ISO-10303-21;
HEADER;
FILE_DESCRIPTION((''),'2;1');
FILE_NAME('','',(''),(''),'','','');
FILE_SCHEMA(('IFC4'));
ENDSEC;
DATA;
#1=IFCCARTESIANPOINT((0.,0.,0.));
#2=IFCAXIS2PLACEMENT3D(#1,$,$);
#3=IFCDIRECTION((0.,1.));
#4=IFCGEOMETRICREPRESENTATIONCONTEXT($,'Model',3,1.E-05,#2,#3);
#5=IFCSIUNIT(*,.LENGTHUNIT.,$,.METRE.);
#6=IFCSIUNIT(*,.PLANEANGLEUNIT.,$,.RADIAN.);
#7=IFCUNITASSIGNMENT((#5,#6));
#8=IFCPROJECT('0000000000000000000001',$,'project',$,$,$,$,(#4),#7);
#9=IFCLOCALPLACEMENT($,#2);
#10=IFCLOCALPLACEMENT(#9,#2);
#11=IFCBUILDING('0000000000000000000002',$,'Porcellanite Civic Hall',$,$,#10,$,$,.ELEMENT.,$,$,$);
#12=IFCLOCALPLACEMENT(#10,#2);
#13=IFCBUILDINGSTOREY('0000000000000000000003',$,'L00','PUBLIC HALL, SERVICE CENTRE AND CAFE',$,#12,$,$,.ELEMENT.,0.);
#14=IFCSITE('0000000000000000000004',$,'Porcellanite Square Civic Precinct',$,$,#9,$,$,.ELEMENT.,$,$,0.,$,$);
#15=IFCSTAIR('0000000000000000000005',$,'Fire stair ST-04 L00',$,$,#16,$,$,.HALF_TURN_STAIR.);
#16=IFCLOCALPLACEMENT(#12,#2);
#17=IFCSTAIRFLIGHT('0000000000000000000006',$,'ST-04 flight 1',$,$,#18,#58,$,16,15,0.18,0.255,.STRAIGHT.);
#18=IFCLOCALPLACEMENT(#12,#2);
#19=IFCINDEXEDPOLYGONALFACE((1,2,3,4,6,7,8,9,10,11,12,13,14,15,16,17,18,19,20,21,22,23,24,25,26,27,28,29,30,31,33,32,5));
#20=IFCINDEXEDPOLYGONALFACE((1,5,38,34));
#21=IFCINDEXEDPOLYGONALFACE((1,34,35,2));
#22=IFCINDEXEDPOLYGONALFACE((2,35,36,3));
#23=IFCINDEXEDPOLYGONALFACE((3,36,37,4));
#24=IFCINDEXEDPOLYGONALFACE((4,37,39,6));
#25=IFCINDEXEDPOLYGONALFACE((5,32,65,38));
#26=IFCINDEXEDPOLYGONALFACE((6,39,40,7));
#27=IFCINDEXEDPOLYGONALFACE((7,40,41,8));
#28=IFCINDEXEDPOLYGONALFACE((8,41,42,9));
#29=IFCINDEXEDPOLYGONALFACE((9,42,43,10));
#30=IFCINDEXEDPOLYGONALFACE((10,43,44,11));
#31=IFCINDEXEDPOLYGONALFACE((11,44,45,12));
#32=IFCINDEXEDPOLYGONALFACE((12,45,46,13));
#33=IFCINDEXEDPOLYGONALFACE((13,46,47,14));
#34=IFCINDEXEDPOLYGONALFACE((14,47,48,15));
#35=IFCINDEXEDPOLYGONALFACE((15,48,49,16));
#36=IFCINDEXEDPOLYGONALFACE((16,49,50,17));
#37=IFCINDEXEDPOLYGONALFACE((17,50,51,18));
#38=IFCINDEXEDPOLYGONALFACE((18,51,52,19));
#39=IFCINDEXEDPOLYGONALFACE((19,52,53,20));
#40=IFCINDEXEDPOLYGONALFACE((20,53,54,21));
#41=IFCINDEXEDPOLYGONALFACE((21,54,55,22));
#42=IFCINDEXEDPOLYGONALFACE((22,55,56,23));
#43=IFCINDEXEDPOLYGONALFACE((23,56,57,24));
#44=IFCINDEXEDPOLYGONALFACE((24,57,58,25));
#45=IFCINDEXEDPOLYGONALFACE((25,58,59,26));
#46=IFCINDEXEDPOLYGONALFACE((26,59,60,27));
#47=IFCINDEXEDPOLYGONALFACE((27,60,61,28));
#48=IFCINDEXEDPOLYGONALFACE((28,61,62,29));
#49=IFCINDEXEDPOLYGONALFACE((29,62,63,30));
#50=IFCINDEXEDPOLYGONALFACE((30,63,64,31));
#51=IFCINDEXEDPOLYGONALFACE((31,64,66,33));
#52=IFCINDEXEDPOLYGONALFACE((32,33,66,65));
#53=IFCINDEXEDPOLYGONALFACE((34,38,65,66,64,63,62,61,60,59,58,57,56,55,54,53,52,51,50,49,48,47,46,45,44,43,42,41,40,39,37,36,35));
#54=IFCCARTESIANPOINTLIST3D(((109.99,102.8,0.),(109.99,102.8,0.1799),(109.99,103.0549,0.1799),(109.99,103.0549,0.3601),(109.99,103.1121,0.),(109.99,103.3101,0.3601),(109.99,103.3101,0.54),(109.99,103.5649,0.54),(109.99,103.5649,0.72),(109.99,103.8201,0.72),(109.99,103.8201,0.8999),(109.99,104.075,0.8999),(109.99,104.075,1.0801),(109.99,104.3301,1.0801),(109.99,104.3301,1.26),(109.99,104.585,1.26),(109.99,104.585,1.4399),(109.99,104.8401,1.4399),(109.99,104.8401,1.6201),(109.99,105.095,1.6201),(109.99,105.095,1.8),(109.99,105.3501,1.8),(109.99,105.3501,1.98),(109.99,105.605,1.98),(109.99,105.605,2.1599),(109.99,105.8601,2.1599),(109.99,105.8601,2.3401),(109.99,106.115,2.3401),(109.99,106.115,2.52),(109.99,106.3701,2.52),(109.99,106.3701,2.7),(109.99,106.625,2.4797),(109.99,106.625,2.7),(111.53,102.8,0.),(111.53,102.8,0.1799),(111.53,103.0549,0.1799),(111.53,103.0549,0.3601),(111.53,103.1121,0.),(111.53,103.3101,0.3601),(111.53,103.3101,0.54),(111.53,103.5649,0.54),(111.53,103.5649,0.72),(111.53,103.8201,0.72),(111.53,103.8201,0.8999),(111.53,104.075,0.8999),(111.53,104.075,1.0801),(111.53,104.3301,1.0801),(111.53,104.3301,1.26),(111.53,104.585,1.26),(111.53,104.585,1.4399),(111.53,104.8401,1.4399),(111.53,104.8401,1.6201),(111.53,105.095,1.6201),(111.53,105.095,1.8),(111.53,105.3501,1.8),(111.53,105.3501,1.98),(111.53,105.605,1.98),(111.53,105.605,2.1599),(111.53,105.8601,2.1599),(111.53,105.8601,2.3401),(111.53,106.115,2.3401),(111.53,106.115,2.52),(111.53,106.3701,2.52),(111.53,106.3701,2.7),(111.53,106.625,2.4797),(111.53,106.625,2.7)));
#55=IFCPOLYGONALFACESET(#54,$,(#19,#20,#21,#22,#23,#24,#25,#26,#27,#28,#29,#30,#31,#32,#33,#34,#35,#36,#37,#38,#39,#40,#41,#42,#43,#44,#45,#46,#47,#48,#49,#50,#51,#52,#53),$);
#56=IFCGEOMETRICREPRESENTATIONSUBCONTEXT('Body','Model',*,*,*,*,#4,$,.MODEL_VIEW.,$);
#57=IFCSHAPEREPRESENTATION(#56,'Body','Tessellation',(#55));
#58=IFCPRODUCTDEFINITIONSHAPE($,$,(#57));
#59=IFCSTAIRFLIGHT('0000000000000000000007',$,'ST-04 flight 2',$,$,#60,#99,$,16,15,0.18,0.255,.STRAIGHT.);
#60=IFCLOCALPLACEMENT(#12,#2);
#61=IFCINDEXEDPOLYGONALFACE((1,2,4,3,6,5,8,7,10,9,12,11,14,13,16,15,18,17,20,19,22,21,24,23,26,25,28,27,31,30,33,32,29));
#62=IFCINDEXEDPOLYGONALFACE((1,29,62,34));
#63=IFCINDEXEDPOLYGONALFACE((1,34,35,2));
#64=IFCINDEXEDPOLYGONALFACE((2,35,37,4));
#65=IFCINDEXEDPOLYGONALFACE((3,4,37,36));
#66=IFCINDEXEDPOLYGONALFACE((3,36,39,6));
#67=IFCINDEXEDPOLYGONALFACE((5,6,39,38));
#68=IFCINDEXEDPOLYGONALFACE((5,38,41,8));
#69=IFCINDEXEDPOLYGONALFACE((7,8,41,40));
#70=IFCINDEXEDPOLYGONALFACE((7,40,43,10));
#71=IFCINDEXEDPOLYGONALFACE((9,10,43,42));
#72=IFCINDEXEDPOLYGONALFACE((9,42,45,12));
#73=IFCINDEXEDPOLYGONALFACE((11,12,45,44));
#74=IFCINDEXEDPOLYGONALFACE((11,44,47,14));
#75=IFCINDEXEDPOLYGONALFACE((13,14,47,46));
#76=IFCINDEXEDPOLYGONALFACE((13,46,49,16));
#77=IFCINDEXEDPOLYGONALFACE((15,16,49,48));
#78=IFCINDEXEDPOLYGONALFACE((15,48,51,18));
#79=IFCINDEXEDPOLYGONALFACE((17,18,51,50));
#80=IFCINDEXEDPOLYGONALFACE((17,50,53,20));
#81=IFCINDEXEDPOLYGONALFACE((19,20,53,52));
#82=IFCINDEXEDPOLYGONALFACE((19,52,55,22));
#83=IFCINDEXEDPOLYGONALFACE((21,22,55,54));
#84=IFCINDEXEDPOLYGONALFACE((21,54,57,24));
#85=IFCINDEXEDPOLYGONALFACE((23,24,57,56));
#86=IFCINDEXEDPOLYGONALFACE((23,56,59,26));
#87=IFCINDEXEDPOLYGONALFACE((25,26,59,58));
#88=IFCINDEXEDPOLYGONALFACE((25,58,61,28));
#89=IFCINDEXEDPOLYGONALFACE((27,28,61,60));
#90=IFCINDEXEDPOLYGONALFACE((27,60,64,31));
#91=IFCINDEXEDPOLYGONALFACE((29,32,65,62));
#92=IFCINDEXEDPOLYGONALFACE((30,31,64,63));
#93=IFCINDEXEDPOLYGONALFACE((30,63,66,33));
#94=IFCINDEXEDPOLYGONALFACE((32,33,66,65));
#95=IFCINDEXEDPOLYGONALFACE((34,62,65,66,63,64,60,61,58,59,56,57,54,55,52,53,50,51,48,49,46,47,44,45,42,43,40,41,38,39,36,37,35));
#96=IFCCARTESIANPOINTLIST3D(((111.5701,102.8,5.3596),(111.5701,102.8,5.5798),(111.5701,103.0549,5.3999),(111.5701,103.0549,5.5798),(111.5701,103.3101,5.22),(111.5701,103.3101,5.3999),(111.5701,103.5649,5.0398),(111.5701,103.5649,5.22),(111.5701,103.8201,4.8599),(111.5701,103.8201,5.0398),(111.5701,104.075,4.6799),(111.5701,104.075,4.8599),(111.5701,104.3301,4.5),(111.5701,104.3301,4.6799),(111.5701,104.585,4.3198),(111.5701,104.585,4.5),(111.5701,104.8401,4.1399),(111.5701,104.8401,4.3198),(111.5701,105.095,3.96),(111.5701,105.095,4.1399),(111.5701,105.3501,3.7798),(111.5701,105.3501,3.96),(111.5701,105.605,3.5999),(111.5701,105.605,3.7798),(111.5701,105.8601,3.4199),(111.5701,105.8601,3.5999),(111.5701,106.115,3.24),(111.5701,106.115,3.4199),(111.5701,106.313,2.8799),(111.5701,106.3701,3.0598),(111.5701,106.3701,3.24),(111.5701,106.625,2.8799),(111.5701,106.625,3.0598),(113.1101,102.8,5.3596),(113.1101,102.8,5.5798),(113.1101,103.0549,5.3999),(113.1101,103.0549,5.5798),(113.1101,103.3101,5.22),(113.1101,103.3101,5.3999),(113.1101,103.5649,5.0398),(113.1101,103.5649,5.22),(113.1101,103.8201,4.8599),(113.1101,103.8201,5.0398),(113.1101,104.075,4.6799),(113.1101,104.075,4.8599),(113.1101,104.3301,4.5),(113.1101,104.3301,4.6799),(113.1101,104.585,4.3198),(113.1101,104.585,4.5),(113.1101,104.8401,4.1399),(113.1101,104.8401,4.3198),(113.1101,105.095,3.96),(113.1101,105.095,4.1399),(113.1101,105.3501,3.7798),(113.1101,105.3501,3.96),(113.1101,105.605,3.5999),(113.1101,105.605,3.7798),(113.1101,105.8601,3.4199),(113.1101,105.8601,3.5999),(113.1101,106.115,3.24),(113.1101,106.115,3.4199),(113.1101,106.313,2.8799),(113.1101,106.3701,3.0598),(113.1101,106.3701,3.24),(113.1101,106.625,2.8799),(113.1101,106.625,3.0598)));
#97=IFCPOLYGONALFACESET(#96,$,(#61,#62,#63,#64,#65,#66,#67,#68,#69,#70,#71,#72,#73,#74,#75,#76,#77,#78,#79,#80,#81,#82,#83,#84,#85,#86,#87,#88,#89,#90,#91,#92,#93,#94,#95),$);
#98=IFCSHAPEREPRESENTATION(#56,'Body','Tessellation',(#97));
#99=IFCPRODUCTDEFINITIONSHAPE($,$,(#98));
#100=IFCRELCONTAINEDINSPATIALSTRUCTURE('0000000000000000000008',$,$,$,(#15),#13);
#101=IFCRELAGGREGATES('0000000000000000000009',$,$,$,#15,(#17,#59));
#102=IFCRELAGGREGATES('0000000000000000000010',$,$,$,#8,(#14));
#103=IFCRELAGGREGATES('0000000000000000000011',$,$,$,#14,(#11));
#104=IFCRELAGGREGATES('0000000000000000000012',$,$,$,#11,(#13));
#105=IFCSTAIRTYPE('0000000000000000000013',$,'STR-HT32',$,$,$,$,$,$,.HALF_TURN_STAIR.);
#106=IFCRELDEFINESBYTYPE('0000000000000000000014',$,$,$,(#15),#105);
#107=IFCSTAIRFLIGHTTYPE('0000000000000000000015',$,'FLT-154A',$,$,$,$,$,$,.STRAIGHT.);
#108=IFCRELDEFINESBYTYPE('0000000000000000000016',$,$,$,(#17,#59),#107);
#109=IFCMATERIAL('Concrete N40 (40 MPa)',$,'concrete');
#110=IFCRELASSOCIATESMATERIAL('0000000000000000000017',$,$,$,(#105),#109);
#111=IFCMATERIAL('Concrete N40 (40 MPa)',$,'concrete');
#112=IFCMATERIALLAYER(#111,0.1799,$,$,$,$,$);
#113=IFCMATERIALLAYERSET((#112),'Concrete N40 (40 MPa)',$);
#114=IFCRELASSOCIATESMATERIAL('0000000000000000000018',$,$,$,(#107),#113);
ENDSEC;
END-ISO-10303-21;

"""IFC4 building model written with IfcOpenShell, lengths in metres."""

from ifc_helpers import new_model, si_unit, direction, frame, origin, place, context, subcontext, project, spatial, polyline, outline, extrude, material, layer, layer_set, type_object, element, aggregate, save


model = new_model("IFC4")

# Units and contexts
model_context = context("Model", 3, precision=1e-05, world=origin(), true_north=direction((0.0, 1.0)))
body_context = subcontext(model_context, "Body", "Model", "MODEL_VIEW")
ifc_project = project(units=[si_unit("LENGTHUNIT", "METRE"), si_unit("PLANEANGLEUNIT", "RADIAN")], contexts=[model_context])

# Site, building, storey
site_placement = place(None, origin())
site = spatial("IfcSite", under=ifc_project, at=site_placement, Name="Porcellanite Square Civic Precinct", CompositionType="ELEMENT", RefElevation=0.0)
building_placement = place(site_placement, origin())
building = spatial("IfcBuilding", under=site, at=building_placement, Name="Porcellanite Civic Hall", CompositionType="ELEMENT")
storey_placement = place(building_placement, origin())
storey = spatial("IfcBuildingStorey", under=building, at=storey_placement, Name="L00", Description="PUBLIC HALL, SERVICE CENTRE AND CAFE", CompositionType="ELEMENT", Elevation=0.0)

# Stair, stair flights
ifc_material_1 = material(Name="Concrete N40 (40 MPa)", Category="concrete")
stair_type = type_object("IfcStairType", Name="STR-HT32", PredefinedType="HALF_TURN_STAIR", material=ifc_material_1)
stair_placement = place(storey_placement, origin())
stair = element("IfcStair", 1, at=stair_placement, inside=storey, type_object=stair_type, Name="Fire stair ST-04 L00", PredefinedType="HALF_TURN_STAIR")
ifc_material_2 = material(Name="Concrete N40 (40 MPa)", Category="concrete")
ifc_layer_1 = layer(ifc_material_2, 0.1799)
ifc_layer_set_1 = layer_set([ifc_layer_1], Name="Concrete N40 (40 MPa)")
stair_flight_type = type_object("IfcStairFlightType", Name="FLT-154A", PredefinedType="STRAIGHT", material=ifc_layer_set_1)
stair_flight_1_placement = place(storey_placement, frame((110.76, 102.8, 0.0), z_axis=(0.0, 0.0, 1.0), x_axis=(0.0, 1.0, 0.0)))
stair_flight_1 = element("IfcStairFlight", 2, at=stair_flight_1_placement, type_object=stair_flight_type, Name="ST-04 flight 1", NumberOfRisers=16, NumberOfTreads=15, PredefinedType="STRAIGHT", RiserHeight=0.18, TreadLength=0.255, context=body_context, shape_type="SweptSolid", body=[
    extrude(outline(polyline([(0.0, 0.0), (0.0, 0.1799), (0.2549, 0.1799), (0.2549, 0.3601), (0.51, 0.3601), (0.51, 0.54), (0.7649, 0.54), (0.7649, 0.72), (1.02, 0.72), (1.02, 0.8999), (1.2749, 0.8999), (1.2749, 1.0801), (1.53, 1.0801), (1.53, 1.26), (1.7849, 1.26), (1.7849, 1.4399), (2.04, 1.4399), (2.04, 1.6201), (2.2949, 1.6201), (2.2949, 1.8), (2.55, 1.8), (2.55, 1.98), (2.8049, 1.98), (2.8049, 2.1599), (3.0601, 2.1599), (3.0601, 2.3401), (3.3149, 2.3401), (3.3149, 2.52), (3.5701, 2.52), (3.5701, 2.7), (3.825, 2.7), (3.825, 2.8799), (3.825, 2.4797), (0.312, 0.0), (0.0, 0.0)])), frame((0.0, 0.77, 0.0), z_axis=(0.0, -1.0, 0.0), x_axis=(1.0, 0.0, 0.0)), (0.0, 0.0, 1.0), 1.54),
])
stair_flight_2_placement = place(storey_placement, frame((112.3401, 106.625, 2.8799), z_axis=(0.0, 0.0, 1.0), x_axis=(0.0, -1.0, 0.0)))
stair_flight_2 = element("IfcStairFlight", 3, at=stair_flight_2_placement, type_object=stair_flight_type, Name="ST-04 flight 2", NumberOfRisers=16, NumberOfTreads=15, PredefinedType="STRAIGHT", RiserHeight=0.18, TreadLength=0.255, context=body_context, shape_type="SweptSolid", body=[
    extrude(outline(polyline([(0.0, 0.0), (0.0, 0.1799), (0.2549, 0.1799), (0.2549, 0.3601), (0.51, 0.3601), (0.51, 0.54), (0.7649, 0.54), (0.7649, 0.72), (1.02, 0.72), (1.02, 0.8999), (1.2749, 0.8999), (1.2749, 1.0801), (1.53, 1.0801), (1.53, 1.26), (1.7849, 1.26), (1.7849, 1.4399), (2.04, 1.4399), (2.04, 1.6201), (2.2949, 1.6201), (2.2949, 1.8), (2.55, 1.8), (2.55, 1.98), (2.8049, 1.98), (2.8049, 2.1599), (3.0601, 2.1599), (3.0601, 2.3401), (3.3149, 2.3401), (3.3149, 2.52), (3.5701, 2.52), (3.5701, 2.7), (3.825, 2.7), (3.825, 2.8799), (3.825, 2.4797), (0.312, 0.0), (0.0, 0.0)])), frame((0.0, 0.77, 0.0), z_axis=(0.0, -1.0, 0.0), x_axis=(1.0, 0.0, 0.0)), (0.0, 0.0, 1.0), 1.54),
])
aggregate(stair, [stair_flight_1, stair_flight_2])

save(model, "model.ifc")
